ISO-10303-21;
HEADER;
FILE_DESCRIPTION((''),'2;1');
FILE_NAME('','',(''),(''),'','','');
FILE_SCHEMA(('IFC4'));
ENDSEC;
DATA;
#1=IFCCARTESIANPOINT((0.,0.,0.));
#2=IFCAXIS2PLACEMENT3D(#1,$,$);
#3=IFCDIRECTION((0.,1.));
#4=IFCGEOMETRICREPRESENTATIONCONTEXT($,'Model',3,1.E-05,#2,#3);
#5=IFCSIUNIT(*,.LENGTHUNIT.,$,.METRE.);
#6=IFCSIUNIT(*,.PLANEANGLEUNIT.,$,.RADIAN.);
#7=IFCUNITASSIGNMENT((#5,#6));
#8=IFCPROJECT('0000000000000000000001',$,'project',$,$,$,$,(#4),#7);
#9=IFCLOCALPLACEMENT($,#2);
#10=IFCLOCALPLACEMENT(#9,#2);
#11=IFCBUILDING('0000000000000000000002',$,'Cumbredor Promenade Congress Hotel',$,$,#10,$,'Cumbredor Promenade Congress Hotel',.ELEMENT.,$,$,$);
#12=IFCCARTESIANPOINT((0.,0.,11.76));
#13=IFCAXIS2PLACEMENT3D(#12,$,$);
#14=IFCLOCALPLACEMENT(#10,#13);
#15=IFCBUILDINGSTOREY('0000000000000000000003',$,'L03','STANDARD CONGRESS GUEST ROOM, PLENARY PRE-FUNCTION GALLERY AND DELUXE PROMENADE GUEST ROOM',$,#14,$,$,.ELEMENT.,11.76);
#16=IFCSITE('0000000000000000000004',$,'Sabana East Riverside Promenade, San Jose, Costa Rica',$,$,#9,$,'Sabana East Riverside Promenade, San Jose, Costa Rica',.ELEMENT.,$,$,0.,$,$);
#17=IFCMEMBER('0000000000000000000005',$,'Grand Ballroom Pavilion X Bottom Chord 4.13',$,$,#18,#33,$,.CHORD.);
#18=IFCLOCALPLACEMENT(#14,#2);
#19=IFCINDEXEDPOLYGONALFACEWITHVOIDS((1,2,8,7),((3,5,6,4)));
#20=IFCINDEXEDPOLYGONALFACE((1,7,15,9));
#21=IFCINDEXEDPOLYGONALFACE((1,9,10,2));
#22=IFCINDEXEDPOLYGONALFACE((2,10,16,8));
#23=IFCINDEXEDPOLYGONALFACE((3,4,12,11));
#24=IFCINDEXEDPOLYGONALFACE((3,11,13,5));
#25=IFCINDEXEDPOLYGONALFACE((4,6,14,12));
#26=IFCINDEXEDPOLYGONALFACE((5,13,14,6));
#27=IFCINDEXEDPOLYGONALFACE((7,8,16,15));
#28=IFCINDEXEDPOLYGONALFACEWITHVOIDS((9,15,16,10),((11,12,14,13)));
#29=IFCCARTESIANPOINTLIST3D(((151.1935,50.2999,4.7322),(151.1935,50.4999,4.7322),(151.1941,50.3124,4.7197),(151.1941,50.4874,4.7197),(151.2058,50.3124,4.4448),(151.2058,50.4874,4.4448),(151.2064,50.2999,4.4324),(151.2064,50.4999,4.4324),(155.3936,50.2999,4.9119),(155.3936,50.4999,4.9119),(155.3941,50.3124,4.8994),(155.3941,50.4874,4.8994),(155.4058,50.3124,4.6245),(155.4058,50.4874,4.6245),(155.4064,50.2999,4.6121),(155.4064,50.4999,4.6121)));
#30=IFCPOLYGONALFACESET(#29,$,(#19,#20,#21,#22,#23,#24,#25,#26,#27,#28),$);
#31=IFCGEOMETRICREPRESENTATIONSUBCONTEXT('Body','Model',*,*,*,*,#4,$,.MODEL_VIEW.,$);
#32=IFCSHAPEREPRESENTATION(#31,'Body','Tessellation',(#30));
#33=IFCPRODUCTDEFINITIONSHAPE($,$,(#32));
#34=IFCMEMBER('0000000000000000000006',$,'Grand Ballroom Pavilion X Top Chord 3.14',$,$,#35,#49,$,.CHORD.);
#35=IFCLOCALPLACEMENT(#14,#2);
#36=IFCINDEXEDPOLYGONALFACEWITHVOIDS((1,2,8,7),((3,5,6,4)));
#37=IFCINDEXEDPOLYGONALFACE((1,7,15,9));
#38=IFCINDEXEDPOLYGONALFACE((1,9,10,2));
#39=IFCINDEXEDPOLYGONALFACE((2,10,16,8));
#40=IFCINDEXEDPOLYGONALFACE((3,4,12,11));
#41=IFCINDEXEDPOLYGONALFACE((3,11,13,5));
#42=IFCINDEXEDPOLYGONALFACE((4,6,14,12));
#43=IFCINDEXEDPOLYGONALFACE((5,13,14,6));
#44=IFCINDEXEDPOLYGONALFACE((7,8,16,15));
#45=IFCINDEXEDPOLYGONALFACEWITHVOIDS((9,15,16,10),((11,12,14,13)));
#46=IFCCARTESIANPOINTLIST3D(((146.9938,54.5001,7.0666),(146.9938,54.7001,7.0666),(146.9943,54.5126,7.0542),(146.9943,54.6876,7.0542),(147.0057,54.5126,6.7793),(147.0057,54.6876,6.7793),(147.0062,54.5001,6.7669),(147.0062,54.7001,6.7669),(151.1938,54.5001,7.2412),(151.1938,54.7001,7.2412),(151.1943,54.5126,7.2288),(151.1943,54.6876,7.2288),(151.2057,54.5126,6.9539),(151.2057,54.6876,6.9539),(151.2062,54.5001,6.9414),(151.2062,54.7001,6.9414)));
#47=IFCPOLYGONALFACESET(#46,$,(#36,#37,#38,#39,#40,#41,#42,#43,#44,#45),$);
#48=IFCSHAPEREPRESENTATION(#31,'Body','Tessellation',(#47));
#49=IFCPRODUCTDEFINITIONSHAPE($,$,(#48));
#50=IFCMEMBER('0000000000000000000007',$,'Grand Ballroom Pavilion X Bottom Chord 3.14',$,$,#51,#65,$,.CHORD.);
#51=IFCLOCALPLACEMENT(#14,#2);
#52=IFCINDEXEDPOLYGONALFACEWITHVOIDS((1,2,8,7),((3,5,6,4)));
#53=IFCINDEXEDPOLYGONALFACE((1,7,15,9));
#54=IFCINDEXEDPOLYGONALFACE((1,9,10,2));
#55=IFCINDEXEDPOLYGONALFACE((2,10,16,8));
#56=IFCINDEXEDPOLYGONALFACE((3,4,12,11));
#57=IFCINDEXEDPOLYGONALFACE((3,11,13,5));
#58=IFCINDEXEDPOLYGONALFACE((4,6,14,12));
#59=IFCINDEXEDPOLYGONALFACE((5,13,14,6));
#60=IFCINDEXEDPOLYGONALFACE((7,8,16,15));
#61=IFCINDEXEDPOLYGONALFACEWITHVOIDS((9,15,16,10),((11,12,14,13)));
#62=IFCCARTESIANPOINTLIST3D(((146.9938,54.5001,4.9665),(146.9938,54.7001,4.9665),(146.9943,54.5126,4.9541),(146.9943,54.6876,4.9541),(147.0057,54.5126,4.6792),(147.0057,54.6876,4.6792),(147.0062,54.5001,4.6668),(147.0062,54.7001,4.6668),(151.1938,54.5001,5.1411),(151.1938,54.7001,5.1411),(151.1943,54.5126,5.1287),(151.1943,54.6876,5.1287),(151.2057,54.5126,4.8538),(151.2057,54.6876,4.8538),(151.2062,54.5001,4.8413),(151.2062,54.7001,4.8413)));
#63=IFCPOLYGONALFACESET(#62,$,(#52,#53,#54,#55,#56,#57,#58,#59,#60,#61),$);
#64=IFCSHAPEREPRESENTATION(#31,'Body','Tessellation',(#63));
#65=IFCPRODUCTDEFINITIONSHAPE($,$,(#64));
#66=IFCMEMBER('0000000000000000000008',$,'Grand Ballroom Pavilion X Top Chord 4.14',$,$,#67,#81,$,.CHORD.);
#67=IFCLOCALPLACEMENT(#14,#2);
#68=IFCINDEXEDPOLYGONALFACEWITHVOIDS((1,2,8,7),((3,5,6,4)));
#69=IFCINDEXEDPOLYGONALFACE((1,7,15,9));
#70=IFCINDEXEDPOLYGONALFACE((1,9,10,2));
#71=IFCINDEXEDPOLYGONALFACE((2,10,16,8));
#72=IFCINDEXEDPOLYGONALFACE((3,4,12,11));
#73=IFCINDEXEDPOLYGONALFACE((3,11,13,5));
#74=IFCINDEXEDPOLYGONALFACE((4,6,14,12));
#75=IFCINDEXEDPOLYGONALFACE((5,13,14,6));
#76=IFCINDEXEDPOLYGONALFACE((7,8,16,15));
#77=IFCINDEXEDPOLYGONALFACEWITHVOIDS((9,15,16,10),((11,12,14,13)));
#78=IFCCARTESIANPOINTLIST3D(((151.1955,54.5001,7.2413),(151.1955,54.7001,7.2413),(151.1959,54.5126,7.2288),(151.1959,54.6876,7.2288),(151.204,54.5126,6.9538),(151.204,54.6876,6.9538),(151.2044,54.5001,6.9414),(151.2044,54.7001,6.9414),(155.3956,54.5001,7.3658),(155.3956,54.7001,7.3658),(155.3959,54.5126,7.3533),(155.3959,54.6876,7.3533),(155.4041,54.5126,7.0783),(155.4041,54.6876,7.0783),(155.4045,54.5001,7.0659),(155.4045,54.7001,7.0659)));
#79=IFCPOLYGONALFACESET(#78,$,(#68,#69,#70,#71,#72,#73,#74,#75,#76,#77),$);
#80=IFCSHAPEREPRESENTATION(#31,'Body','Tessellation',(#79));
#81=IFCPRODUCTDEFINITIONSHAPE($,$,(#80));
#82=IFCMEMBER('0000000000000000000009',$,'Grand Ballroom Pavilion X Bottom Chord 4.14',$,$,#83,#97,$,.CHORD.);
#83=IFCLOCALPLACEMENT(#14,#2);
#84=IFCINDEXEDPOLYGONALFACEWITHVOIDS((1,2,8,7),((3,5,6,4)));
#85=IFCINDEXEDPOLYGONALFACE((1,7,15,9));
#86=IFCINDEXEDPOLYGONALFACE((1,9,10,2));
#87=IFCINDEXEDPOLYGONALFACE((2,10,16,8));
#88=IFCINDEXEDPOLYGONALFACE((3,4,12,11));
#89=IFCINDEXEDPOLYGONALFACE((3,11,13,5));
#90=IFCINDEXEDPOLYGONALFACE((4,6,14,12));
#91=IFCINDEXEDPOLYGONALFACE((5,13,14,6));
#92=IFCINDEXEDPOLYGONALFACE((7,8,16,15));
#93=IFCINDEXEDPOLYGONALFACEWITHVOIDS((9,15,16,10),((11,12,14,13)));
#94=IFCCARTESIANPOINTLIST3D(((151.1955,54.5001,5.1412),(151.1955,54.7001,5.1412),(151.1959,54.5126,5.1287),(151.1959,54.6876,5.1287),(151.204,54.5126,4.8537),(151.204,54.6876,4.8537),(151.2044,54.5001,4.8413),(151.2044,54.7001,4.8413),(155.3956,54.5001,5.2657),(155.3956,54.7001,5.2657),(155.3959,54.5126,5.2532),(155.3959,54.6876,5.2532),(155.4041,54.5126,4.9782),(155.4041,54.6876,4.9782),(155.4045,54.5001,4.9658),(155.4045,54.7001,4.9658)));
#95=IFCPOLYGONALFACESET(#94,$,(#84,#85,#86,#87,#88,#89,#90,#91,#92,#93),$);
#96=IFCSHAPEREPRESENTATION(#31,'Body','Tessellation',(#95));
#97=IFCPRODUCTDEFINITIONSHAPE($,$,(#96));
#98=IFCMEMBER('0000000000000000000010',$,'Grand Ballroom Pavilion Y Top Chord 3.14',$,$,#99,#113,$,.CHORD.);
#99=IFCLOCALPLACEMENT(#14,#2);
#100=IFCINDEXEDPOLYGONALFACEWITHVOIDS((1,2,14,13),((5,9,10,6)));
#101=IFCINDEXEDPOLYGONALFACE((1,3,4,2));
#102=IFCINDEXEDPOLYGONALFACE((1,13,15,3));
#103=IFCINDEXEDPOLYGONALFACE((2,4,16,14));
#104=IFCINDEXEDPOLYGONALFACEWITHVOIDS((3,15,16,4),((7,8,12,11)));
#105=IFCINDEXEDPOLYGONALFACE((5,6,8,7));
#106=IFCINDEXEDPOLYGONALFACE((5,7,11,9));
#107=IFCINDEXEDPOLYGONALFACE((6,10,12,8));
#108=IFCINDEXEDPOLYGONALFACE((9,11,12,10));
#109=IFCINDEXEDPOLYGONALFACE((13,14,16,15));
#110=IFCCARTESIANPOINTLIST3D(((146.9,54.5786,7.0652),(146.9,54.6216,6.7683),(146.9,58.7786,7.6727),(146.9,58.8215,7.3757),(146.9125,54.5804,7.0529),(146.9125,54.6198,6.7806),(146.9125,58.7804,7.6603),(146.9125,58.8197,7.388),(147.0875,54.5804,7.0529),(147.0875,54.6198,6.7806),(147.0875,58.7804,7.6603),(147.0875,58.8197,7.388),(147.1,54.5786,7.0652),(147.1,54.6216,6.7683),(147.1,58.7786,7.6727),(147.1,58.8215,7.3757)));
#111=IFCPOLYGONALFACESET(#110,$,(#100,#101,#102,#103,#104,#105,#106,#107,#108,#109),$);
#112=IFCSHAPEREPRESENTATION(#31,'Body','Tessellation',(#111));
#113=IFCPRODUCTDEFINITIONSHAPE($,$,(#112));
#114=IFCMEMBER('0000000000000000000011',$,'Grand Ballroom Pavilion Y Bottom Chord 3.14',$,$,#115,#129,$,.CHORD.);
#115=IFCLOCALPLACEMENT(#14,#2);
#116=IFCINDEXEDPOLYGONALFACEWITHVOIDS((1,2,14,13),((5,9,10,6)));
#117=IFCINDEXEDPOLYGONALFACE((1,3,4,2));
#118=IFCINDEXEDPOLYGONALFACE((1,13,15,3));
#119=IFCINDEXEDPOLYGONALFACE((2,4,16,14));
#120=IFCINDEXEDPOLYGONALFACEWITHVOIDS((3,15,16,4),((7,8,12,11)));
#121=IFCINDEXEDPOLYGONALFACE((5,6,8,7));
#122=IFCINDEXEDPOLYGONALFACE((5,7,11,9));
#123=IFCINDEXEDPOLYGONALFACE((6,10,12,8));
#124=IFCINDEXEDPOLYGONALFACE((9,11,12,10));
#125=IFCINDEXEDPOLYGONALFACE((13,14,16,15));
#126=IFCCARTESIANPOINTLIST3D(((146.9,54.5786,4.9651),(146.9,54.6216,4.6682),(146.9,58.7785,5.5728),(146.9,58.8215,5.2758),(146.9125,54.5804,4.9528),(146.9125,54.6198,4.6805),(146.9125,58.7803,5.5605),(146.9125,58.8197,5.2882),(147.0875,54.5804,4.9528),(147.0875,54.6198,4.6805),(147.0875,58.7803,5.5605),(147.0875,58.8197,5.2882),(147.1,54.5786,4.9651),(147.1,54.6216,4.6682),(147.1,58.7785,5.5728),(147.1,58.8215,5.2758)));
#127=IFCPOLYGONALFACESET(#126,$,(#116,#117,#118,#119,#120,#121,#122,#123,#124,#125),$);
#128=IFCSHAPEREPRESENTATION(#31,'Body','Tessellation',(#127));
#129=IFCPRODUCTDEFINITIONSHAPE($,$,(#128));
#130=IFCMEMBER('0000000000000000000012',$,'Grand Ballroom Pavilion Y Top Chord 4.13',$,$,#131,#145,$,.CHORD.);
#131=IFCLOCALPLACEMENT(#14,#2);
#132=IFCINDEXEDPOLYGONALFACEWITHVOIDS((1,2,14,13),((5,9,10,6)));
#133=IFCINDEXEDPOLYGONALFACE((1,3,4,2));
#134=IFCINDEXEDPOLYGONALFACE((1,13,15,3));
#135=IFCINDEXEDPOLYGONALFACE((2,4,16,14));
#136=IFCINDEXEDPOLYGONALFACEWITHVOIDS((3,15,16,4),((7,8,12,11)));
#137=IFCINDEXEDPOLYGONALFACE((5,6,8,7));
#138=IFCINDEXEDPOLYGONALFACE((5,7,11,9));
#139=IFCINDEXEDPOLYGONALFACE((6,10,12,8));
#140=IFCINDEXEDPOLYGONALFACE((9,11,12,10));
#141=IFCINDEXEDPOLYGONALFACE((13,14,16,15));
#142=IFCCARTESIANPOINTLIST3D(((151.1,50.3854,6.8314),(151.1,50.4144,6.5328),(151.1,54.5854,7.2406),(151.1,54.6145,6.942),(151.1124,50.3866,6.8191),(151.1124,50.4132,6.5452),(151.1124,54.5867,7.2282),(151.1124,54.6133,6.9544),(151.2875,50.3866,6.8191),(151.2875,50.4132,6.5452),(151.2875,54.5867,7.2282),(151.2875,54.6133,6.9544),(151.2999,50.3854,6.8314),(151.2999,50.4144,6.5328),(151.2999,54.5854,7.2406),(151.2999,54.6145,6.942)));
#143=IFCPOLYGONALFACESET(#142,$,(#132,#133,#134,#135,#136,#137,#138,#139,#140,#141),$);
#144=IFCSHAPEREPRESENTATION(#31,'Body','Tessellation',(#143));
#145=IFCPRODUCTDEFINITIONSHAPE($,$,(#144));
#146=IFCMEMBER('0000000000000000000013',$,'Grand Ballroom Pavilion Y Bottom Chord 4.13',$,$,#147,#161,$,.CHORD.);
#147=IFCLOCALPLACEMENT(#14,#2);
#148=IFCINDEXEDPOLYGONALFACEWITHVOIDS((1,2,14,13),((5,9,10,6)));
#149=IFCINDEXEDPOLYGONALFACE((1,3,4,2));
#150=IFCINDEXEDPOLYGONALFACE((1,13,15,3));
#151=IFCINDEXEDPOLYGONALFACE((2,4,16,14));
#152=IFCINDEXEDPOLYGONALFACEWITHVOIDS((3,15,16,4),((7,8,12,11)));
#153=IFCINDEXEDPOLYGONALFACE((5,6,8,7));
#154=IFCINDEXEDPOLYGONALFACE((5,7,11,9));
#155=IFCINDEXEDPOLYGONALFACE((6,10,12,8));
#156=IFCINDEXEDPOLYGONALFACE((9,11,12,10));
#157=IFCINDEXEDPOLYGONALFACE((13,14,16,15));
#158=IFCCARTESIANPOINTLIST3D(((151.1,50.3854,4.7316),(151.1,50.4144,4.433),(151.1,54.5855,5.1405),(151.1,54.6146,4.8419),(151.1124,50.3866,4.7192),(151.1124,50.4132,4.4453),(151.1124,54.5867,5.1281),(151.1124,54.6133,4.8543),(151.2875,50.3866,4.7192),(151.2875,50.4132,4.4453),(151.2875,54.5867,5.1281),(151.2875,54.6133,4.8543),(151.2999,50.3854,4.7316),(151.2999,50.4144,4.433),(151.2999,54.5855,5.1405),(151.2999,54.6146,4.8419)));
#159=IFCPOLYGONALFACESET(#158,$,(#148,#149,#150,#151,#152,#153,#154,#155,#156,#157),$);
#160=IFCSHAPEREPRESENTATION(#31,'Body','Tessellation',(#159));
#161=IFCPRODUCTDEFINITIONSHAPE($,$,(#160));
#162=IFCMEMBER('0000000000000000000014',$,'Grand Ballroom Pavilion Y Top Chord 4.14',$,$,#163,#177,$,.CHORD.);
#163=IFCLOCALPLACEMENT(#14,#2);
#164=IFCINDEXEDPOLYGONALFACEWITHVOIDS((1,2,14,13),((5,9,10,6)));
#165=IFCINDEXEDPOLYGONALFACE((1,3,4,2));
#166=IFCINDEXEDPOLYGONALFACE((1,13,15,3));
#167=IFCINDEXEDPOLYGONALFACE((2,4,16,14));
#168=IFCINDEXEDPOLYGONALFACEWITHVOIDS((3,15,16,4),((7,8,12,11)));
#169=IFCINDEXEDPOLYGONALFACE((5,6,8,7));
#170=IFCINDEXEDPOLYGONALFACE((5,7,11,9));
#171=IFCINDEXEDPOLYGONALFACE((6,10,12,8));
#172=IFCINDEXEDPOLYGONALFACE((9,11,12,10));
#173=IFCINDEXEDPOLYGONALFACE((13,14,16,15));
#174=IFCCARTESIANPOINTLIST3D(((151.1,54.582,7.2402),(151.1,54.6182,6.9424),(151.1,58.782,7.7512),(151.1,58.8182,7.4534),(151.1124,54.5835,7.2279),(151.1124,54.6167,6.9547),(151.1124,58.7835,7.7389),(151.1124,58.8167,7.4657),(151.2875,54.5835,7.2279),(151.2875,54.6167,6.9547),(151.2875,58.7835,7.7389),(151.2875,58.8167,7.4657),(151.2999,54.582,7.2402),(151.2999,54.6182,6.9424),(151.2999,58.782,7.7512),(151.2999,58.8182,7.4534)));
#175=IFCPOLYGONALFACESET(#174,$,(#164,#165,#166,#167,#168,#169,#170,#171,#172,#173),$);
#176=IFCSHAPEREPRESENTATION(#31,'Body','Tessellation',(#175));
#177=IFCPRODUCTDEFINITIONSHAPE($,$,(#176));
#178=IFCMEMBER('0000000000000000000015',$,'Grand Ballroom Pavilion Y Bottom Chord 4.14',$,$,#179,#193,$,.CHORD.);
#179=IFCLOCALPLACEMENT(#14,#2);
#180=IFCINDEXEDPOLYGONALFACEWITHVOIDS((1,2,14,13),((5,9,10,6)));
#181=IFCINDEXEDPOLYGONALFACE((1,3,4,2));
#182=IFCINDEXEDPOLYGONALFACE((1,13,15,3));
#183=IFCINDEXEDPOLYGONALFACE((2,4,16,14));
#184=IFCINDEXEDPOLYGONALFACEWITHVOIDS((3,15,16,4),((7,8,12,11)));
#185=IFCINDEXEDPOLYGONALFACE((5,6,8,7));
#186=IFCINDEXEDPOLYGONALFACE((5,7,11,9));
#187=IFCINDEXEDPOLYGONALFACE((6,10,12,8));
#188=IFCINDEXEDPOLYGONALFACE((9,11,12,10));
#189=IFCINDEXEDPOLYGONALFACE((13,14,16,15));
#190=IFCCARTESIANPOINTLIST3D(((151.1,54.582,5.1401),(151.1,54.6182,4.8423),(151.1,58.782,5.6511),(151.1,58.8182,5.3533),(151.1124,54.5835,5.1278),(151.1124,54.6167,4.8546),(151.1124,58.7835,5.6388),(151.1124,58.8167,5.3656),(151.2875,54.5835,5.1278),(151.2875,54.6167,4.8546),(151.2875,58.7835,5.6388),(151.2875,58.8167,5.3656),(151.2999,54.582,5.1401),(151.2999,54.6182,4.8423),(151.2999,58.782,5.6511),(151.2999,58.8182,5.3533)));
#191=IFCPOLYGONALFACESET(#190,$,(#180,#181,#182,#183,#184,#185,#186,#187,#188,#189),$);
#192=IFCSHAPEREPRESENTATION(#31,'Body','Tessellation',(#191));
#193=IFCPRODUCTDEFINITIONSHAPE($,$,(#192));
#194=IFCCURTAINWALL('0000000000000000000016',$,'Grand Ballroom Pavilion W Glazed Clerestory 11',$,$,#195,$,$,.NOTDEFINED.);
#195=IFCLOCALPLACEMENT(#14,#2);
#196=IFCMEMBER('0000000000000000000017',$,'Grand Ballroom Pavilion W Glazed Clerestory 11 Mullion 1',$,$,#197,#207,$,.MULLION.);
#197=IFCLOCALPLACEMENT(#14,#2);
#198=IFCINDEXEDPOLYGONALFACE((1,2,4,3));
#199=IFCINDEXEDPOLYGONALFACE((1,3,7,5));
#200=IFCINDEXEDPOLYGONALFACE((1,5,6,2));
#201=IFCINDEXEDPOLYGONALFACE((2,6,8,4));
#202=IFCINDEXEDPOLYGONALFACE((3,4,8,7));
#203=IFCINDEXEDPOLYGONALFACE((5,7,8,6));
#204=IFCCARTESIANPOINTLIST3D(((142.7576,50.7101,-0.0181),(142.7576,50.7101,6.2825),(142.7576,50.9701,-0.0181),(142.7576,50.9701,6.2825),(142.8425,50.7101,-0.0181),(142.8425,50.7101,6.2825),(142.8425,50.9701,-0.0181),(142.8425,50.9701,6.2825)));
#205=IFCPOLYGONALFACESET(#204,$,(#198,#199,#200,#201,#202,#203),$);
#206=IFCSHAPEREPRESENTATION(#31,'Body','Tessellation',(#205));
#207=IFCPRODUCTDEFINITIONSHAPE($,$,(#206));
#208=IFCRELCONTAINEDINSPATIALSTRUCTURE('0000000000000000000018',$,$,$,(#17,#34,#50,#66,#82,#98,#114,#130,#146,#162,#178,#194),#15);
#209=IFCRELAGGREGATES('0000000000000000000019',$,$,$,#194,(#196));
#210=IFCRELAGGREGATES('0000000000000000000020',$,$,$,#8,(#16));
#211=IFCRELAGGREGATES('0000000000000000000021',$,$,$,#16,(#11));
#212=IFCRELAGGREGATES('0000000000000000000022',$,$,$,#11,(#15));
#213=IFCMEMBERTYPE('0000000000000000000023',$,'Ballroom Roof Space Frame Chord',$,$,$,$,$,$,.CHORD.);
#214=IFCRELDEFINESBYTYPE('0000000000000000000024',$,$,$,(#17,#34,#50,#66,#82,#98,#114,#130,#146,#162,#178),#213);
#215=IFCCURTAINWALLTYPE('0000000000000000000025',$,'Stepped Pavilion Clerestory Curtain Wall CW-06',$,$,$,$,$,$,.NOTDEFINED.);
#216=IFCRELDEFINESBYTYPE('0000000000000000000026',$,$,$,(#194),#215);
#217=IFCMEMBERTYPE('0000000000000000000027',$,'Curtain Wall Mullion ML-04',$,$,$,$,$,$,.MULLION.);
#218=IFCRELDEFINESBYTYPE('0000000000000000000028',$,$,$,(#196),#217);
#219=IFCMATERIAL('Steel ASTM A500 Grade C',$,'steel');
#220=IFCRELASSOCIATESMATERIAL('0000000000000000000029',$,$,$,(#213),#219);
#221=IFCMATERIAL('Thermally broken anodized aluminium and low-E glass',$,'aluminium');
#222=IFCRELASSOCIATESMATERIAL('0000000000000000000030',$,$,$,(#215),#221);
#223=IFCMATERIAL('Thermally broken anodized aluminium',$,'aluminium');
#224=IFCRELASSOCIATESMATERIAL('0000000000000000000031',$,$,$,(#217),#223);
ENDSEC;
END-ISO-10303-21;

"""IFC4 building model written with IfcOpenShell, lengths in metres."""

from ifc_helpers import new_model, si_unit, direction, frame, origin, origin_2d, place, context, subcontext, project, spatial, rectangle, hollow_rectangle, extrude, material, material_profile, profile_set, type_object, element, aggregate, save


model = new_model("IFC4")

# Units and contexts
model_context = context("Model", 3, precision=1e-05, world=origin(), true_north=direction((0.0, 1.0)))
body_context = subcontext(model_context, "Body", "Model", "MODEL_VIEW")
ifc_project = project(units=[si_unit("LENGTHUNIT", "METRE"), si_unit("PLANEANGLEUNIT", "RADIAN")], contexts=[model_context])

# Site, building, storey
site_placement = place(None, origin())
site = spatial("IfcSite", under=ifc_project, at=site_placement, Name="Sabana East Riverside Promenade, San Jose, Costa Rica", LongName="Sabana East Riverside Promenade, San Jose, Costa Rica", CompositionType="ELEMENT", RefElevation=0.0)
building_placement = place(site_placement, origin())
building = spatial("IfcBuilding", under=site, at=building_placement, Name="Cumbredor Promenade Congress Hotel", LongName="Cumbredor Promenade Congress Hotel", CompositionType="ELEMENT")
storey_placement = place(building_placement, frame((0.0, 0.0, 11.76)))
storey = spatial("IfcBuildingStorey", under=building, at=storey_placement, Name="L03", Description="STANDARD CONGRESS GUEST ROOM, PLENARY PRE-FUNCTION GALLERY AND DELUXE PROMENADE GUEST ROOM", CompositionType="ELEMENT", Elevation=11.76)

# Members
ifc_material_1 = material(Name="Steel ASTM A500 Grade C", Category="steel")
ifc_material_profile_1 = material_profile(ifc_material_1, hollow_rectangle(XDim=0.2, YDim=0.3, WallThickness=0.0125, at=origin_2d()), Name="HSS 300x200x12.5")
ifc_profile_set_1 = profile_set([ifc_material_profile_1], Name="Steel ASTM A500 Grade C")
member_type_1 = type_object("IfcMemberType", Name="Ballroom Roof Space Frame Chord", PredefinedType="CHORD", material=ifc_profile_set_1)
member_1_placement = place(storey_placement, frame((151.2, 50.3999, 4.5823), z_axis=(0.999086, 0.0, 0.042744), x_axis=(0.0, 1.0, 0.0)))
element("IfcMember", 1, at=member_1_placement, inside=storey, type_object=member_type_1, Name="Grand Ballroom Pavilion X Bottom Chord 4.13", PredefinedType="CHORD", context=body_context, shape_type="SweptSolid", body=[
    extrude(hollow_rectangle(XDim=0.2, YDim=0.3, WallThickness=0.0125, at=origin_2d()), origin(), (0.0, 0.0, 1.0), 4.2039),
])
for number, where, z_axis, x_axis, name in (
    (2, (147.0, 54.6001, 6.9167), (0.999137, 0.0, 0.041527), (0.0, 1.0, 0.0), "Grand Ballroom Pavilion X Top Chord 3.14"),
    (3, (147.0, 54.6001, 4.8167), (0.999137, 0.0, 0.041527), (0.0, 1.0, 0.0), "Grand Ballroom Pavilion X Bottom Chord 3.14"),
):
    element("IfcMember", number, at=place(storey_placement, frame(where, z_axis=z_axis, x_axis=x_axis)), inside=storey, type_object=member_type_1, Name=name, PredefinedType="CHORD", context=body_context, shape_type="SweptSolid", body=[
        extrude(hollow_rectangle(XDim=0.2, YDim=0.3, WallThickness=0.0125, at=origin_2d()), origin(), (0.0, 0.0, 1.0), 4.2036),
    ])
for number, where, z_axis, x_axis, name in (
    (4, (151.2, 54.6001, 7.0913), (0.999561, 0.0, 0.029633), (0.0, 1.0, 0.0), "Grand Ballroom Pavilion X Top Chord 4.14"),
    (5, (151.2, 54.6001, 4.9912), (0.999561, 0.0, 0.029633), (0.0, 1.0, 0.0), "Grand Ballroom Pavilion X Bottom Chord 4.14"),
):
    element("IfcMember", number, at=place(storey_placement, frame(where, z_axis=z_axis, x_axis=x_axis)), inside=storey, type_object=member_type_1, Name=name, PredefinedType="CHORD", context=body_context, shape_type="SweptSolid", body=[
        extrude(hollow_rectangle(XDim=0.2, YDim=0.3, WallThickness=0.0125, at=origin_2d()), origin(), (0.0, 0.0, 1.0), 4.2019),
    ])
for number, where, z_axis, x_axis, name in (
    (6, (147.0, 54.6001, 6.9167), (0.0, 0.989703, 0.143137), (-1.0, 0.0, 0.0), "Grand Ballroom Pavilion Y Top Chord 3.14"),
    (7, (147.0, 54.6001, 4.8167), (0.0, 0.989695, 0.143193), (-1.0, 0.0, 0.0), "Grand Ballroom Pavilion Y Bottom Chord 3.14"),
):
    element("IfcMember", number, at=place(storey_placement, frame(where, z_axis=z_axis, x_axis=x_axis)), inside=storey, type_object=member_type_1, Name=name, PredefinedType="CHORD", context=body_context, shape_type="SweptSolid", body=[
        extrude(hollow_rectangle(XDim=0.2, YDim=0.3, WallThickness=0.0125, at=origin_2d()), origin(), (0.0, 0.0, 1.0), 4.2437),
    ])
for number, where, z_axis, x_axis, name in (
    (8, (151.2, 50.3999, 6.6821), (0.0, 0.995288, 0.09696), (-1.0, 0.0, 0.0), "Grand Ballroom Pavilion Y Top Chord 4.13"),
    (9, (151.2, 50.3999, 4.5823), (0.0, 0.995294, 0.096903), (-1.0, 0.0, 0.0), "Grand Ballroom Pavilion Y Bottom Chord 4.13"),
):
    element("IfcMember", number, at=place(storey_placement, frame(where, z_axis=z_axis, x_axis=x_axis)), inside=storey, type_object=member_type_1, Name=name, PredefinedType="CHORD", context=body_context, shape_type="SweptSolid", body=[
        extrude(hollow_rectangle(XDim=0.2, YDim=0.3, WallThickness=0.0125, at=origin_2d()), origin(), (0.0, 0.0, 1.0), 4.22),
    ])
for number, where, z_axis, x_axis, name in (
    (10, (151.2, 54.6001, 7.0913), (0.0, 0.99268, 0.120774), (-1.0, 0.0, 0.0), "Grand Ballroom Pavilion Y Top Chord 4.14"),
    (11, (151.2, 54.6001, 4.9912), (0.0, 0.99268, 0.120774), (-1.0, 0.0, 0.0), "Grand Ballroom Pavilion Y Bottom Chord 4.14"),
):
    element("IfcMember", number, at=place(storey_placement, frame(where, z_axis=z_axis, x_axis=x_axis)), inside=storey, type_object=member_type_1, Name=name, PredefinedType="CHORD", context=body_context, shape_type="SweptSolid", body=[
        extrude(hollow_rectangle(XDim=0.2, YDim=0.3, WallThickness=0.0125, at=origin_2d()), origin(), (0.0, 0.0, 1.0), 4.231),
    ])

# Curtain wall, member
ifc_material_2 = material(Name="Thermally broken anodized aluminium and low-E glass", Category="aluminium")
curtain_wall_type = type_object("IfcCurtainWallType", Name="Stepped Pavilion Clerestory Curtain Wall CW-06", PredefinedType="NOTDEFINED", material=ifc_material_2)
curtain_wall_1_placement = place(storey_placement, origin())
curtain_wall_1 = element("IfcCurtainWall", 12, at=curtain_wall_1_placement, inside=storey, type_object=curtain_wall_type, Name="Grand Ballroom Pavilion W Glazed Clerestory 11", PredefinedType="NOTDEFINED")
ifc_material_3 = material(Name="Thermally broken anodized aluminium", Category="aluminium")
ifc_material_profile_2 = material_profile(ifc_material_3, rectangle(XDim=0.085, YDim=0.26, at=origin_2d()), Name="ALU MULLION CLERESTORY 85x260")
ifc_profile_set_2 = profile_set([ifc_material_profile_2], Name="Thermally broken anodized aluminium")
member_type_2 = type_object("IfcMemberType", Name="Curtain Wall Mullion ML-04", PredefinedType="MULLION", material=ifc_profile_set_2)
member_2_placement = place(storey_placement, frame((142.8, 50.8401, -0.0181), z_axis=(0.0, 0.0, 1.0), x_axis=(1.0, 0.0, 0.0)))
member_2 = element("IfcMember", 13, at=member_2_placement, type_object=member_type_2, Name="Grand Ballroom Pavilion W Glazed Clerestory 11 Mullion 1", PredefinedType="MULLION", context=body_context, shape_type="SweptSolid", body=[
    extrude(rectangle(XDim=0.085, YDim=0.26, at=origin_2d()), origin(), (0.0, 0.0, 1.0), 6.3005),
])

aggregate(curtain_wall_1, [member_2])

save(model, "model.ifc")
